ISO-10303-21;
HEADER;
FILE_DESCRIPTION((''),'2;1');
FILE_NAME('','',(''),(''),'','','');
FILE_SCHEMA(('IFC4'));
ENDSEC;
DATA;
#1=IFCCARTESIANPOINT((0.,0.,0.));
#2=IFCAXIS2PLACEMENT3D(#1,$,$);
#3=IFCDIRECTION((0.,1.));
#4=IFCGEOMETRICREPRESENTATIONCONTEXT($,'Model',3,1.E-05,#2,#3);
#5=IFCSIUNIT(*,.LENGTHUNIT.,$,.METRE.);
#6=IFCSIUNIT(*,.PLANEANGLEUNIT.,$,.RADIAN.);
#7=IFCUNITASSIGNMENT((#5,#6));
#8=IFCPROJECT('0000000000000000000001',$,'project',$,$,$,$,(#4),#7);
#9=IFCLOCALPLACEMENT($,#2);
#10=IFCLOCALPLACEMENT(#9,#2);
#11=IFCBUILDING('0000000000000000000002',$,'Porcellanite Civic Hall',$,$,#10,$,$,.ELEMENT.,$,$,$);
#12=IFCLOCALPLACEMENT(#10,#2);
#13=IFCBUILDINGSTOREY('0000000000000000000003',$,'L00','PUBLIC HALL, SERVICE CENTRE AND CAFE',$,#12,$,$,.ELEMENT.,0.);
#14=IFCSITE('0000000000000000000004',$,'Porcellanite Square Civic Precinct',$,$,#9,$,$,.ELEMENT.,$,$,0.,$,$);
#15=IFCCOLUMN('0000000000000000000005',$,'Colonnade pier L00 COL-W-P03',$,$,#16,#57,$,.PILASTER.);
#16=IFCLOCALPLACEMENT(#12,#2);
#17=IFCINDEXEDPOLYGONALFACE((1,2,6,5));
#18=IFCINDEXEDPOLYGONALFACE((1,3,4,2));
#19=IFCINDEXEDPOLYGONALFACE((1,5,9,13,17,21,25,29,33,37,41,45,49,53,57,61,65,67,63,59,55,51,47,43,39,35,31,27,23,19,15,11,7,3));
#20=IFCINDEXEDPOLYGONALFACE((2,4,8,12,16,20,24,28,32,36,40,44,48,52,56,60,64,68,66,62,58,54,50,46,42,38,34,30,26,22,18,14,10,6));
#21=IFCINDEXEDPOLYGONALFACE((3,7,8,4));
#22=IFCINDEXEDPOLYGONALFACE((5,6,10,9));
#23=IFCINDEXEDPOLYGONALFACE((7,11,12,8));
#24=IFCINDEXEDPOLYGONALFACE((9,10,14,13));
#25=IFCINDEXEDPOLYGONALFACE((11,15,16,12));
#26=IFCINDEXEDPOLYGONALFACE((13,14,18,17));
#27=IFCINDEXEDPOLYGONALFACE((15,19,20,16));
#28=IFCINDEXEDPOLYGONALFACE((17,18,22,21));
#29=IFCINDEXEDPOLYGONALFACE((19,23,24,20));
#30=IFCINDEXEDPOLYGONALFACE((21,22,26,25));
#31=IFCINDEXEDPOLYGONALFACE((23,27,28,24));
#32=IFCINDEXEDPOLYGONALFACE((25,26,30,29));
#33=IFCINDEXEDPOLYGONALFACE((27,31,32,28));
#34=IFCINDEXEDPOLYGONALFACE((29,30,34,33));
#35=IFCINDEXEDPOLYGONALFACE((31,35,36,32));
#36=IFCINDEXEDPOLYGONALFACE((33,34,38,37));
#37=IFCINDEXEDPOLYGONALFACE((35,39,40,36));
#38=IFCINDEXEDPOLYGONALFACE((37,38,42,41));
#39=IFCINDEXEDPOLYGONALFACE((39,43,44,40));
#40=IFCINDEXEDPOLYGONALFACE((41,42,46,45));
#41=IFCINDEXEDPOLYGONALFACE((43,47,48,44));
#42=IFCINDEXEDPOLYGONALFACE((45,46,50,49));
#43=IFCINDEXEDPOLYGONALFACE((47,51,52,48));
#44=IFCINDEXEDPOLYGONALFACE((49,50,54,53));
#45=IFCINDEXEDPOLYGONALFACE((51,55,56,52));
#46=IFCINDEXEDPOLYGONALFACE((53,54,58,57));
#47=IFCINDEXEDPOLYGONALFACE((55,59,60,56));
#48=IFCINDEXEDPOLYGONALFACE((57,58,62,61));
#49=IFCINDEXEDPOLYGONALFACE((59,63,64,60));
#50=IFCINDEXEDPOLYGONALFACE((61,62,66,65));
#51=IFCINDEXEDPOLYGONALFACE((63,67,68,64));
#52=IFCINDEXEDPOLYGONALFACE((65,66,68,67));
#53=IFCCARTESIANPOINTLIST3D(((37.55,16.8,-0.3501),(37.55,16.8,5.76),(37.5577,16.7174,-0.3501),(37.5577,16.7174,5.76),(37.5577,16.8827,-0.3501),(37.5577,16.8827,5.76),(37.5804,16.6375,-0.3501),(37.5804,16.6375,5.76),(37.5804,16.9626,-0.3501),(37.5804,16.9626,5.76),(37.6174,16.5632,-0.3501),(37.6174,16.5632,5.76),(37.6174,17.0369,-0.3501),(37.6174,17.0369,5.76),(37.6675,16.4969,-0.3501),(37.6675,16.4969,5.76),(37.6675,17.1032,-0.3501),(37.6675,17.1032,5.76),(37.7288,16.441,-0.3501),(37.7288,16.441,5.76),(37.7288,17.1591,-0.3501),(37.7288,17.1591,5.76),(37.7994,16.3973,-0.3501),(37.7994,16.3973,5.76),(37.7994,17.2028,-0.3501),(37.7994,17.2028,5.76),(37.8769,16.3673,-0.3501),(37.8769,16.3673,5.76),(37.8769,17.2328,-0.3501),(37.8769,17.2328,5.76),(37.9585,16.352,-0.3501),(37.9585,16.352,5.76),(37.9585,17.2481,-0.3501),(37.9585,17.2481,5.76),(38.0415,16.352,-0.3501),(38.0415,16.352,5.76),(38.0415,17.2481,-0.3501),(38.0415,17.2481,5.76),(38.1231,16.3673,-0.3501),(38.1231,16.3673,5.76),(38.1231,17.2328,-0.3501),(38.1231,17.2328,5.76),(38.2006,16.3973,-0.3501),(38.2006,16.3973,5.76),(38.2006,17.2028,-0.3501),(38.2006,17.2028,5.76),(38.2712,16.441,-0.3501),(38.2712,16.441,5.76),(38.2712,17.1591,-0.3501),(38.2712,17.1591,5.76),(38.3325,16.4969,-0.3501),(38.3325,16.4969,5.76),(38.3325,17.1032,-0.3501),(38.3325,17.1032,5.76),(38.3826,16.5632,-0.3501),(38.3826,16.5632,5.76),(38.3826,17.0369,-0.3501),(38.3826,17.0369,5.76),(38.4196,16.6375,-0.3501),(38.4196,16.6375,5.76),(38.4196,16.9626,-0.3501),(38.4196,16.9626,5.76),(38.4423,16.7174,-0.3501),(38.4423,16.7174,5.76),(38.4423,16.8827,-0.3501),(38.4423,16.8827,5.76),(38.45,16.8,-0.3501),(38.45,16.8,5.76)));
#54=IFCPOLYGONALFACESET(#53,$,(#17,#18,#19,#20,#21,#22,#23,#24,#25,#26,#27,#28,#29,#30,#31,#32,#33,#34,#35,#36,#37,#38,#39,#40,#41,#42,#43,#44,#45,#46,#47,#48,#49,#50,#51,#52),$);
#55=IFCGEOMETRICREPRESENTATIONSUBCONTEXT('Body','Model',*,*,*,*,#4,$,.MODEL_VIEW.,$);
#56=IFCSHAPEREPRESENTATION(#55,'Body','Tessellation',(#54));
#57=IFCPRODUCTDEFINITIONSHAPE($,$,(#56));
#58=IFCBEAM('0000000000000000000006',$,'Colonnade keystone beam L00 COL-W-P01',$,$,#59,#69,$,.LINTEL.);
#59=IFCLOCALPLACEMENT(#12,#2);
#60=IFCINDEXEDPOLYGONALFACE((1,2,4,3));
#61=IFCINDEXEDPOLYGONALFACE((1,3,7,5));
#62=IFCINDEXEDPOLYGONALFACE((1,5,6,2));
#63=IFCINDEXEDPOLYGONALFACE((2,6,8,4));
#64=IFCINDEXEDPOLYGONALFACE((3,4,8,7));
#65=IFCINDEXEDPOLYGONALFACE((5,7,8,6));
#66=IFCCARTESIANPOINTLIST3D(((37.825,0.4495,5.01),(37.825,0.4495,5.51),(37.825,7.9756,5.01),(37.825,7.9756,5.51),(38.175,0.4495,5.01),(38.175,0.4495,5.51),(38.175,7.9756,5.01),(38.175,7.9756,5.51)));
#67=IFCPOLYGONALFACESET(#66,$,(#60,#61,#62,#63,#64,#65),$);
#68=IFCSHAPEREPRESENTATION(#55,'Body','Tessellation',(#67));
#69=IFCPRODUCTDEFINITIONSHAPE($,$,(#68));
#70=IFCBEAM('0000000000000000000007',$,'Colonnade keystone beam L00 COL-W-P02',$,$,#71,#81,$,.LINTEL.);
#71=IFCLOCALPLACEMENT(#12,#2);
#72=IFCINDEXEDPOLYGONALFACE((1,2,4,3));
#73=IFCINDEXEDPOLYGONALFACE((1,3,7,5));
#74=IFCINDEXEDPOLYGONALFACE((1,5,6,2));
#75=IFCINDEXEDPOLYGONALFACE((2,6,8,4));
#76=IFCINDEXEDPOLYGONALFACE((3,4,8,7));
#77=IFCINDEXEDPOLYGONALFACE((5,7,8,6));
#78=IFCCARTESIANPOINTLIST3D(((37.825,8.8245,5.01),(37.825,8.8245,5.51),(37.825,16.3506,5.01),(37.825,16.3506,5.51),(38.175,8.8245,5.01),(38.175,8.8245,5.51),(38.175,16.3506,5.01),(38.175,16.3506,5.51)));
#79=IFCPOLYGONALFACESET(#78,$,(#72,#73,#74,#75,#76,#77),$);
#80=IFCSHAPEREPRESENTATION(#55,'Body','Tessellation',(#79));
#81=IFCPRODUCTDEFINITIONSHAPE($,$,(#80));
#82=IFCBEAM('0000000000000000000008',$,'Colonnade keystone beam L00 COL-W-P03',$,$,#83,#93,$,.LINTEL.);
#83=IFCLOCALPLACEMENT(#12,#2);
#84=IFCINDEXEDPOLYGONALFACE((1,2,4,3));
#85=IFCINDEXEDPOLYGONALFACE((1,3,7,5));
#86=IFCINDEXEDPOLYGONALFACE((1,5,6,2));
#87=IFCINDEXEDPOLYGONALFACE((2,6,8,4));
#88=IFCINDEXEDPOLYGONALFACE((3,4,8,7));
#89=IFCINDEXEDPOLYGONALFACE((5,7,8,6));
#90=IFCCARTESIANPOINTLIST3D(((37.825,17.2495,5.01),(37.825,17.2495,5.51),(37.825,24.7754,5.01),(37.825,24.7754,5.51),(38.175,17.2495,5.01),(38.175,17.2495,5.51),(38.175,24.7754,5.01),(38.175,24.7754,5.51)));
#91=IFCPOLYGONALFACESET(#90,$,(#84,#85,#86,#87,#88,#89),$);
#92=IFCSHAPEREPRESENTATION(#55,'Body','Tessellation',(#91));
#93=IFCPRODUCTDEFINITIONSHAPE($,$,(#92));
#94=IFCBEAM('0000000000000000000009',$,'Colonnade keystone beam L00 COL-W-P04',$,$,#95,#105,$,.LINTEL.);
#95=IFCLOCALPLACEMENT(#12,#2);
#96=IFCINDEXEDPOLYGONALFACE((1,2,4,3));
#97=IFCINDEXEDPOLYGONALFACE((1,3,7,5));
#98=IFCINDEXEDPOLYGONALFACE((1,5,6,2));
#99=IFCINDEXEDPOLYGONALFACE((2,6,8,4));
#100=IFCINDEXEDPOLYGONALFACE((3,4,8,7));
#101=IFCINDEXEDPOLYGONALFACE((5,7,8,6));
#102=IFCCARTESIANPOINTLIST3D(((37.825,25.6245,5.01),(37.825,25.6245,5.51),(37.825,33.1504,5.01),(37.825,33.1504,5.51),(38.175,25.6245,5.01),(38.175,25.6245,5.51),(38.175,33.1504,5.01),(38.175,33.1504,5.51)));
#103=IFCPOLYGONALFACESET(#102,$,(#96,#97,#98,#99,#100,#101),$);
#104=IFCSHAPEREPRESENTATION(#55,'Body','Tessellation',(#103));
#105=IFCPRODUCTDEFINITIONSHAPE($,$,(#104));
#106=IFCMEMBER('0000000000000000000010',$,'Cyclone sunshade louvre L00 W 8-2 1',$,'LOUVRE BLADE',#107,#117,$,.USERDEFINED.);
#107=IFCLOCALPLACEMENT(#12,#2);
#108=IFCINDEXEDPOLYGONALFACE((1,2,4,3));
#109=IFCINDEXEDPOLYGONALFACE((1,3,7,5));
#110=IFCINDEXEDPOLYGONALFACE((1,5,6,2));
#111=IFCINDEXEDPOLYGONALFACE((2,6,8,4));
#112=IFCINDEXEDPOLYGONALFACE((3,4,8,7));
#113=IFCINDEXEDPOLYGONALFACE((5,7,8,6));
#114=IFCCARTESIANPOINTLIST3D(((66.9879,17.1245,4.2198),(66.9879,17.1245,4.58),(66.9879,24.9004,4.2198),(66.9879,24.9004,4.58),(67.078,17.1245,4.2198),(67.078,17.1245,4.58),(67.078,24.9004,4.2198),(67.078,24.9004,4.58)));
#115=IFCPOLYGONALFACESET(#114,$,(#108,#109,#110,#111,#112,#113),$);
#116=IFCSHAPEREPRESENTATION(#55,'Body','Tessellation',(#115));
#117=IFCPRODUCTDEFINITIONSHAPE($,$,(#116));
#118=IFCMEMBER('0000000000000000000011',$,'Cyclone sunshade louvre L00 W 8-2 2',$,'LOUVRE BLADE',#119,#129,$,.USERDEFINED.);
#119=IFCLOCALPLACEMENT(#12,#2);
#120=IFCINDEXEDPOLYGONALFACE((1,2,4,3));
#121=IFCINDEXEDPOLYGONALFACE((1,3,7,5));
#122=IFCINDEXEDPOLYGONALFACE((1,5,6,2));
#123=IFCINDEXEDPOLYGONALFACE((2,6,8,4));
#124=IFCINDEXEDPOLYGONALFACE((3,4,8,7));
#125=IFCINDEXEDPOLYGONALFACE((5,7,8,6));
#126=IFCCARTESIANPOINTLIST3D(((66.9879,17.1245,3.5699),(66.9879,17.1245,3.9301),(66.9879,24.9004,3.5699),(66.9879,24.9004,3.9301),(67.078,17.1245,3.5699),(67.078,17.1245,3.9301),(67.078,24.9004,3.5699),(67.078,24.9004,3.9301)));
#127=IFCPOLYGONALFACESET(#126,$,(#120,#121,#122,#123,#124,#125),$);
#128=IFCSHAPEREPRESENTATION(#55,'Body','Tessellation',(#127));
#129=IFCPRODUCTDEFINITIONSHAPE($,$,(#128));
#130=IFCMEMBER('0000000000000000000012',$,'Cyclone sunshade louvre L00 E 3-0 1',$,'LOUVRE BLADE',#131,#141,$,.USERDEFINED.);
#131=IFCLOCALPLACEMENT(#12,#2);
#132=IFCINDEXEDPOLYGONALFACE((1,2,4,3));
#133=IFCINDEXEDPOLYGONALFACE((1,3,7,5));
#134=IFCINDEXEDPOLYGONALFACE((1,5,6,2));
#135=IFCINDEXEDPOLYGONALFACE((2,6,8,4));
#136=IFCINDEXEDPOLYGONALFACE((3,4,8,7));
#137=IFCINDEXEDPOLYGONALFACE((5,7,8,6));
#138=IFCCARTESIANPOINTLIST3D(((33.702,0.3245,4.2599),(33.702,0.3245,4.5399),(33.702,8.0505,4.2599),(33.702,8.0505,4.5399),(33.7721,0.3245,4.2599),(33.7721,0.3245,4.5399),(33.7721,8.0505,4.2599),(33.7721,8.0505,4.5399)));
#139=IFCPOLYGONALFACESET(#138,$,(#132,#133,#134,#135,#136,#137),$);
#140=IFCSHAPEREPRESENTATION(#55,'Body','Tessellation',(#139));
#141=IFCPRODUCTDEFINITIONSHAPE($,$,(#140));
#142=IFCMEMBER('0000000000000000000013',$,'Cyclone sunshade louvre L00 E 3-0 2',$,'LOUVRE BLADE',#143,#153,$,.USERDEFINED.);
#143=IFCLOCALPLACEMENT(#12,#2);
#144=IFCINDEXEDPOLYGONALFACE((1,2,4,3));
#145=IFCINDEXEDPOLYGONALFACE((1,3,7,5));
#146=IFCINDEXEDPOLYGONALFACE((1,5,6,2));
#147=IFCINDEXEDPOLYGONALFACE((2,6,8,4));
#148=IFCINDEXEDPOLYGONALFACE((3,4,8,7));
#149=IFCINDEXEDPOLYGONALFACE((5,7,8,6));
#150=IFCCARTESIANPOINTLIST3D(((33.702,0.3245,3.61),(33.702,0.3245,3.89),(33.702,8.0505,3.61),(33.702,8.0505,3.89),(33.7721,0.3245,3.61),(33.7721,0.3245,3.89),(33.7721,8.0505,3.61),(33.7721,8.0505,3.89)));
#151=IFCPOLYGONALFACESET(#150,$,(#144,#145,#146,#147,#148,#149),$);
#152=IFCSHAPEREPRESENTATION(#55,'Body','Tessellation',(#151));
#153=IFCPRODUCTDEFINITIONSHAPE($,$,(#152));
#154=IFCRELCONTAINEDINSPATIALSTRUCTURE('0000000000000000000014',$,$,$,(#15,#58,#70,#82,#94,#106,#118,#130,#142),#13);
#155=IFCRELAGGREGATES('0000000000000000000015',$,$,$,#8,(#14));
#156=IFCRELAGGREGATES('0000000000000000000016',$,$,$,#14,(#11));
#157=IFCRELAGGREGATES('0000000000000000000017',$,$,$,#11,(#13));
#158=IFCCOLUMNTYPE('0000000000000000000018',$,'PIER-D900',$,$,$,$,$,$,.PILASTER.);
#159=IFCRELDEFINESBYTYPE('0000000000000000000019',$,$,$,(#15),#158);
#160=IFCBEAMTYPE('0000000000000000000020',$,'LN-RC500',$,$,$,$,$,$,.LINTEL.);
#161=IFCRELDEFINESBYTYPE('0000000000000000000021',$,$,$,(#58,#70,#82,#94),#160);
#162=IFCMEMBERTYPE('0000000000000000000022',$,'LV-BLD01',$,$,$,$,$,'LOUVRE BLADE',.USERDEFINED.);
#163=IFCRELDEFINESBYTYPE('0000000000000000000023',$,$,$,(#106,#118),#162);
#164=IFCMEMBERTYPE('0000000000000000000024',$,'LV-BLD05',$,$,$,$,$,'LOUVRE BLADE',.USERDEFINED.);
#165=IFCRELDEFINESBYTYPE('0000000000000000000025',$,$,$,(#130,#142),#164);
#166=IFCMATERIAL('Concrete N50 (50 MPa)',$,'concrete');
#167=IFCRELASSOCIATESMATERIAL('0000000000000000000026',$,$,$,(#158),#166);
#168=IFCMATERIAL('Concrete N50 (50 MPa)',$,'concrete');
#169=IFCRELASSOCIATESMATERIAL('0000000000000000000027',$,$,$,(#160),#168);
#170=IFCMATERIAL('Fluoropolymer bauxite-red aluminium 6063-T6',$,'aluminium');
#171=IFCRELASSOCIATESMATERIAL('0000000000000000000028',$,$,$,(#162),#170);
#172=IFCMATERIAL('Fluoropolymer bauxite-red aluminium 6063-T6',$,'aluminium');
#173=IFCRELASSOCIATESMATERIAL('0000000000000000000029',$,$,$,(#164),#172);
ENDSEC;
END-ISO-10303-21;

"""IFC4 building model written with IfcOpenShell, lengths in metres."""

from ifc_helpers import new_model, si_unit, direction, frame, origin, origin_2d, place, context, subcontext, project, spatial, rectangle, circle, extrude, material, material_profile, profile_set, type_object, element, save


model = new_model("IFC4")

# Units and contexts
model_context = context("Model", 3, precision=1e-05, world=origin(), true_north=direction((0.0, 1.0)))
body_context = subcontext(model_context, "Body", "Model", "MODEL_VIEW")
ifc_project = project(units=[si_unit("LENGTHUNIT", "METRE"), si_unit("PLANEANGLEUNIT", "RADIAN")], contexts=[model_context])

# Site, building, storey
site_placement = place(None, origin())
site = spatial("IfcSite", under=ifc_project, at=site_placement, Name="Porcellanite Square Civic Precinct", CompositionType="ELEMENT", RefElevation=0.0)
building_placement = place(site_placement, origin())
building = spatial("IfcBuilding", under=site, at=building_placement, Name="Porcellanite Civic Hall", CompositionType="ELEMENT")
storey_placement = place(building_placement, origin())
storey = spatial("IfcBuildingStorey", under=building, at=storey_placement, Name="L00", Description="PUBLIC HALL, SERVICE CENTRE AND CAFE", CompositionType="ELEMENT", Elevation=0.0)

# Column
ifc_material_1 = material(Name="Concrete N50 (50 MPa)", Category="concrete")
ifc_material_profile_1 = material_profile(ifc_material_1, circle(Radius=0.45, at=origin_2d()), Name="RC-D900")
ifc_profile_set_1 = profile_set([ifc_material_profile_1], Name="Concrete N50 (50 MPa)")
column_type_1 = type_object("IfcColumnType", Name="PIER-D900", PredefinedType="PILASTER", material=ifc_profile_set_1)
for number, where, z_axis, x_axis, name in (
    (1, (38.0, 16.8, -0.3501), (0.0, 0.0, 1.0), (1.0, 0.0, 0.0), "Colonnade pier L00 COL-W-P03"),
):
    element("IfcColumn", number, at=place(storey_placement, frame(where, z_axis=z_axis, x_axis=x_axis)), inside=storey, type_object=column_type_1, Name=name, PredefinedType="PILASTER", context=body_context, shape_type="SweptSolid", body=[
        extrude(circle(Radius=0.45, at=origin_2d()), origin(), (0.0, 0.0, 1.0), 6.1101),
    ])

# Beams
ifc_material_2 = material(Name="Concrete N50 (50 MPa)", Category="concrete")
ifc_material_profile_2 = material_profile(ifc_material_2, rectangle(XDim=0.3501, YDim=0.5, at=origin_2d()), Name="RC-350x500")
ifc_profile_set_2 = profile_set([ifc_material_profile_2], Name="Concrete N50 (50 MPa)")
beam_type = type_object("IfcBeamType", Name="LN-RC500", PredefinedType="LINTEL", material=ifc_profile_set_2)
for number, where, z_axis, x_axis, name in (
    (2, (38.0, 0.4495, 5.26), (0.0, 1.0, 0.0), (-1.0, 0.0, 0.0), "Colonnade keystone beam L00 COL-W-P01"),
    (3, (38.0, 8.8245, 5.26), (0.0, 1.0, 0.0), (-1.0, 0.0, 0.0), "Colonnade keystone beam L00 COL-W-P02"),
):
    element("IfcBeam", number, at=place(storey_placement, frame(where, z_axis=z_axis, x_axis=x_axis)), inside=storey, type_object=beam_type, Name=name, PredefinedType="LINTEL", context=body_context, shape_type="SweptSolid", body=[
        extrude(rectangle(XDim=0.3501, YDim=0.5, at=origin_2d()), origin(), (0.0, 0.0, 1.0), 7.5261),
    ])
for number, where, z_axis, x_axis, name in (
    (4, (38.0, 17.2495, 5.26), (0.0, 1.0, 0.0), (-1.0, 0.0, 0.0), "Colonnade keystone beam L00 COL-W-P03"),
    (5, (38.0, 25.6245, 5.26), (0.0, 1.0, 0.0), (-1.0, 0.0, 0.0), "Colonnade keystone beam L00 COL-W-P04"),
):
    element("IfcBeam", number, at=place(storey_placement, frame(where, z_axis=z_axis, x_axis=x_axis)), inside=storey, type_object=beam_type, Name=name, PredefinedType="LINTEL", context=body_context, shape_type="SweptSolid", body=[
        extrude(rectangle(XDim=0.3501, YDim=0.5, at=origin_2d()), origin(), (0.0, 0.0, 1.0), 7.5259),
    ])

# Members
ifc_material_3 = material(Name="Fluoropolymer bauxite-red aluminium 6063-T6", Category="aluminium")
ifc_material_profile_3 = material_profile(ifc_material_3, rectangle(XDim=0.0901, YDim=0.3601, at=origin_2d()), Name="AL-90x360")
ifc_profile_set_3 = profile_set([ifc_material_profile_3], Name="Fluoropolymer bauxite-red aluminium 6063-T6")
member_type_1 = type_object("IfcMemberType", Name="LV-BLD01", ElementType="LOUVRE BLADE", PredefinedType="USERDEFINED", material=ifc_profile_set_3)
for number, where, z_axis, x_axis, name in (
    (6, (67.033, 17.1245, 4.3999), (0.0, 1.0, 0.0), (-1.0, 0.0, 0.0), "Cyclone sunshade louvre L00 W 8-2 1"),
    (7, (67.033, 17.1245, 3.75), (0.0, 1.0, 0.0), (-1.0, 0.0, 0.0), "Cyclone sunshade louvre L00 W 8-2 2"),
):
    element("IfcMember", number, at=place(storey_placement, frame(where, z_axis=z_axis, x_axis=x_axis)), inside=storey, type_object=member_type_1, Name=name, ObjectType="LOUVRE BLADE", PredefinedType="USERDEFINED", context=body_context, shape_type="SweptSolid", body=[
        extrude(rectangle(XDim=0.0901, YDim=0.3601, at=origin_2d()), origin(), (0.0, 0.0, 1.0), 7.7759),
    ])
ifc_material_4 = material(Name="Fluoropolymer bauxite-red aluminium 6063-T6", Category="aluminium")
ifc_material_profile_4 = material_profile(ifc_material_4, rectangle(XDim=0.0701, YDim=0.28, at=origin_2d()), Name="AL-70x280")
ifc_profile_set_4 = profile_set([ifc_material_profile_4], Name="Fluoropolymer bauxite-red aluminium 6063-T6")
member_type_2 = type_object("IfcMemberType", Name="LV-BLD05", ElementType="LOUVRE BLADE", PredefinedType="USERDEFINED", material=ifc_profile_set_4)
for number, where, z_axis, x_axis, name in (
    (8, (33.7371, 8.0505, 4.3999), (0.0, -1.0, 0.0), (1.0, 0.0, 0.0), "Cyclone sunshade louvre L00 E 3-0 1"),
    (9, (33.7371, 8.0505, 3.75), (0.0, -1.0, 0.0), (1.0, 0.0, 0.0), "Cyclone sunshade louvre L00 E 3-0 2"),
):
    element("IfcMember", number, at=place(storey_placement, frame(where, z_axis=z_axis, x_axis=x_axis)), inside=storey, type_object=member_type_2, Name=name, ObjectType="LOUVRE BLADE", PredefinedType="USERDEFINED", context=body_context, shape_type="SweptSolid", body=[
        extrude(rectangle(XDim=0.0701, YDim=0.28, at=origin_2d()), origin(), (0.0, 0.0, 1.0), 7.7261),
    ])

save(model, "model.ifc")
